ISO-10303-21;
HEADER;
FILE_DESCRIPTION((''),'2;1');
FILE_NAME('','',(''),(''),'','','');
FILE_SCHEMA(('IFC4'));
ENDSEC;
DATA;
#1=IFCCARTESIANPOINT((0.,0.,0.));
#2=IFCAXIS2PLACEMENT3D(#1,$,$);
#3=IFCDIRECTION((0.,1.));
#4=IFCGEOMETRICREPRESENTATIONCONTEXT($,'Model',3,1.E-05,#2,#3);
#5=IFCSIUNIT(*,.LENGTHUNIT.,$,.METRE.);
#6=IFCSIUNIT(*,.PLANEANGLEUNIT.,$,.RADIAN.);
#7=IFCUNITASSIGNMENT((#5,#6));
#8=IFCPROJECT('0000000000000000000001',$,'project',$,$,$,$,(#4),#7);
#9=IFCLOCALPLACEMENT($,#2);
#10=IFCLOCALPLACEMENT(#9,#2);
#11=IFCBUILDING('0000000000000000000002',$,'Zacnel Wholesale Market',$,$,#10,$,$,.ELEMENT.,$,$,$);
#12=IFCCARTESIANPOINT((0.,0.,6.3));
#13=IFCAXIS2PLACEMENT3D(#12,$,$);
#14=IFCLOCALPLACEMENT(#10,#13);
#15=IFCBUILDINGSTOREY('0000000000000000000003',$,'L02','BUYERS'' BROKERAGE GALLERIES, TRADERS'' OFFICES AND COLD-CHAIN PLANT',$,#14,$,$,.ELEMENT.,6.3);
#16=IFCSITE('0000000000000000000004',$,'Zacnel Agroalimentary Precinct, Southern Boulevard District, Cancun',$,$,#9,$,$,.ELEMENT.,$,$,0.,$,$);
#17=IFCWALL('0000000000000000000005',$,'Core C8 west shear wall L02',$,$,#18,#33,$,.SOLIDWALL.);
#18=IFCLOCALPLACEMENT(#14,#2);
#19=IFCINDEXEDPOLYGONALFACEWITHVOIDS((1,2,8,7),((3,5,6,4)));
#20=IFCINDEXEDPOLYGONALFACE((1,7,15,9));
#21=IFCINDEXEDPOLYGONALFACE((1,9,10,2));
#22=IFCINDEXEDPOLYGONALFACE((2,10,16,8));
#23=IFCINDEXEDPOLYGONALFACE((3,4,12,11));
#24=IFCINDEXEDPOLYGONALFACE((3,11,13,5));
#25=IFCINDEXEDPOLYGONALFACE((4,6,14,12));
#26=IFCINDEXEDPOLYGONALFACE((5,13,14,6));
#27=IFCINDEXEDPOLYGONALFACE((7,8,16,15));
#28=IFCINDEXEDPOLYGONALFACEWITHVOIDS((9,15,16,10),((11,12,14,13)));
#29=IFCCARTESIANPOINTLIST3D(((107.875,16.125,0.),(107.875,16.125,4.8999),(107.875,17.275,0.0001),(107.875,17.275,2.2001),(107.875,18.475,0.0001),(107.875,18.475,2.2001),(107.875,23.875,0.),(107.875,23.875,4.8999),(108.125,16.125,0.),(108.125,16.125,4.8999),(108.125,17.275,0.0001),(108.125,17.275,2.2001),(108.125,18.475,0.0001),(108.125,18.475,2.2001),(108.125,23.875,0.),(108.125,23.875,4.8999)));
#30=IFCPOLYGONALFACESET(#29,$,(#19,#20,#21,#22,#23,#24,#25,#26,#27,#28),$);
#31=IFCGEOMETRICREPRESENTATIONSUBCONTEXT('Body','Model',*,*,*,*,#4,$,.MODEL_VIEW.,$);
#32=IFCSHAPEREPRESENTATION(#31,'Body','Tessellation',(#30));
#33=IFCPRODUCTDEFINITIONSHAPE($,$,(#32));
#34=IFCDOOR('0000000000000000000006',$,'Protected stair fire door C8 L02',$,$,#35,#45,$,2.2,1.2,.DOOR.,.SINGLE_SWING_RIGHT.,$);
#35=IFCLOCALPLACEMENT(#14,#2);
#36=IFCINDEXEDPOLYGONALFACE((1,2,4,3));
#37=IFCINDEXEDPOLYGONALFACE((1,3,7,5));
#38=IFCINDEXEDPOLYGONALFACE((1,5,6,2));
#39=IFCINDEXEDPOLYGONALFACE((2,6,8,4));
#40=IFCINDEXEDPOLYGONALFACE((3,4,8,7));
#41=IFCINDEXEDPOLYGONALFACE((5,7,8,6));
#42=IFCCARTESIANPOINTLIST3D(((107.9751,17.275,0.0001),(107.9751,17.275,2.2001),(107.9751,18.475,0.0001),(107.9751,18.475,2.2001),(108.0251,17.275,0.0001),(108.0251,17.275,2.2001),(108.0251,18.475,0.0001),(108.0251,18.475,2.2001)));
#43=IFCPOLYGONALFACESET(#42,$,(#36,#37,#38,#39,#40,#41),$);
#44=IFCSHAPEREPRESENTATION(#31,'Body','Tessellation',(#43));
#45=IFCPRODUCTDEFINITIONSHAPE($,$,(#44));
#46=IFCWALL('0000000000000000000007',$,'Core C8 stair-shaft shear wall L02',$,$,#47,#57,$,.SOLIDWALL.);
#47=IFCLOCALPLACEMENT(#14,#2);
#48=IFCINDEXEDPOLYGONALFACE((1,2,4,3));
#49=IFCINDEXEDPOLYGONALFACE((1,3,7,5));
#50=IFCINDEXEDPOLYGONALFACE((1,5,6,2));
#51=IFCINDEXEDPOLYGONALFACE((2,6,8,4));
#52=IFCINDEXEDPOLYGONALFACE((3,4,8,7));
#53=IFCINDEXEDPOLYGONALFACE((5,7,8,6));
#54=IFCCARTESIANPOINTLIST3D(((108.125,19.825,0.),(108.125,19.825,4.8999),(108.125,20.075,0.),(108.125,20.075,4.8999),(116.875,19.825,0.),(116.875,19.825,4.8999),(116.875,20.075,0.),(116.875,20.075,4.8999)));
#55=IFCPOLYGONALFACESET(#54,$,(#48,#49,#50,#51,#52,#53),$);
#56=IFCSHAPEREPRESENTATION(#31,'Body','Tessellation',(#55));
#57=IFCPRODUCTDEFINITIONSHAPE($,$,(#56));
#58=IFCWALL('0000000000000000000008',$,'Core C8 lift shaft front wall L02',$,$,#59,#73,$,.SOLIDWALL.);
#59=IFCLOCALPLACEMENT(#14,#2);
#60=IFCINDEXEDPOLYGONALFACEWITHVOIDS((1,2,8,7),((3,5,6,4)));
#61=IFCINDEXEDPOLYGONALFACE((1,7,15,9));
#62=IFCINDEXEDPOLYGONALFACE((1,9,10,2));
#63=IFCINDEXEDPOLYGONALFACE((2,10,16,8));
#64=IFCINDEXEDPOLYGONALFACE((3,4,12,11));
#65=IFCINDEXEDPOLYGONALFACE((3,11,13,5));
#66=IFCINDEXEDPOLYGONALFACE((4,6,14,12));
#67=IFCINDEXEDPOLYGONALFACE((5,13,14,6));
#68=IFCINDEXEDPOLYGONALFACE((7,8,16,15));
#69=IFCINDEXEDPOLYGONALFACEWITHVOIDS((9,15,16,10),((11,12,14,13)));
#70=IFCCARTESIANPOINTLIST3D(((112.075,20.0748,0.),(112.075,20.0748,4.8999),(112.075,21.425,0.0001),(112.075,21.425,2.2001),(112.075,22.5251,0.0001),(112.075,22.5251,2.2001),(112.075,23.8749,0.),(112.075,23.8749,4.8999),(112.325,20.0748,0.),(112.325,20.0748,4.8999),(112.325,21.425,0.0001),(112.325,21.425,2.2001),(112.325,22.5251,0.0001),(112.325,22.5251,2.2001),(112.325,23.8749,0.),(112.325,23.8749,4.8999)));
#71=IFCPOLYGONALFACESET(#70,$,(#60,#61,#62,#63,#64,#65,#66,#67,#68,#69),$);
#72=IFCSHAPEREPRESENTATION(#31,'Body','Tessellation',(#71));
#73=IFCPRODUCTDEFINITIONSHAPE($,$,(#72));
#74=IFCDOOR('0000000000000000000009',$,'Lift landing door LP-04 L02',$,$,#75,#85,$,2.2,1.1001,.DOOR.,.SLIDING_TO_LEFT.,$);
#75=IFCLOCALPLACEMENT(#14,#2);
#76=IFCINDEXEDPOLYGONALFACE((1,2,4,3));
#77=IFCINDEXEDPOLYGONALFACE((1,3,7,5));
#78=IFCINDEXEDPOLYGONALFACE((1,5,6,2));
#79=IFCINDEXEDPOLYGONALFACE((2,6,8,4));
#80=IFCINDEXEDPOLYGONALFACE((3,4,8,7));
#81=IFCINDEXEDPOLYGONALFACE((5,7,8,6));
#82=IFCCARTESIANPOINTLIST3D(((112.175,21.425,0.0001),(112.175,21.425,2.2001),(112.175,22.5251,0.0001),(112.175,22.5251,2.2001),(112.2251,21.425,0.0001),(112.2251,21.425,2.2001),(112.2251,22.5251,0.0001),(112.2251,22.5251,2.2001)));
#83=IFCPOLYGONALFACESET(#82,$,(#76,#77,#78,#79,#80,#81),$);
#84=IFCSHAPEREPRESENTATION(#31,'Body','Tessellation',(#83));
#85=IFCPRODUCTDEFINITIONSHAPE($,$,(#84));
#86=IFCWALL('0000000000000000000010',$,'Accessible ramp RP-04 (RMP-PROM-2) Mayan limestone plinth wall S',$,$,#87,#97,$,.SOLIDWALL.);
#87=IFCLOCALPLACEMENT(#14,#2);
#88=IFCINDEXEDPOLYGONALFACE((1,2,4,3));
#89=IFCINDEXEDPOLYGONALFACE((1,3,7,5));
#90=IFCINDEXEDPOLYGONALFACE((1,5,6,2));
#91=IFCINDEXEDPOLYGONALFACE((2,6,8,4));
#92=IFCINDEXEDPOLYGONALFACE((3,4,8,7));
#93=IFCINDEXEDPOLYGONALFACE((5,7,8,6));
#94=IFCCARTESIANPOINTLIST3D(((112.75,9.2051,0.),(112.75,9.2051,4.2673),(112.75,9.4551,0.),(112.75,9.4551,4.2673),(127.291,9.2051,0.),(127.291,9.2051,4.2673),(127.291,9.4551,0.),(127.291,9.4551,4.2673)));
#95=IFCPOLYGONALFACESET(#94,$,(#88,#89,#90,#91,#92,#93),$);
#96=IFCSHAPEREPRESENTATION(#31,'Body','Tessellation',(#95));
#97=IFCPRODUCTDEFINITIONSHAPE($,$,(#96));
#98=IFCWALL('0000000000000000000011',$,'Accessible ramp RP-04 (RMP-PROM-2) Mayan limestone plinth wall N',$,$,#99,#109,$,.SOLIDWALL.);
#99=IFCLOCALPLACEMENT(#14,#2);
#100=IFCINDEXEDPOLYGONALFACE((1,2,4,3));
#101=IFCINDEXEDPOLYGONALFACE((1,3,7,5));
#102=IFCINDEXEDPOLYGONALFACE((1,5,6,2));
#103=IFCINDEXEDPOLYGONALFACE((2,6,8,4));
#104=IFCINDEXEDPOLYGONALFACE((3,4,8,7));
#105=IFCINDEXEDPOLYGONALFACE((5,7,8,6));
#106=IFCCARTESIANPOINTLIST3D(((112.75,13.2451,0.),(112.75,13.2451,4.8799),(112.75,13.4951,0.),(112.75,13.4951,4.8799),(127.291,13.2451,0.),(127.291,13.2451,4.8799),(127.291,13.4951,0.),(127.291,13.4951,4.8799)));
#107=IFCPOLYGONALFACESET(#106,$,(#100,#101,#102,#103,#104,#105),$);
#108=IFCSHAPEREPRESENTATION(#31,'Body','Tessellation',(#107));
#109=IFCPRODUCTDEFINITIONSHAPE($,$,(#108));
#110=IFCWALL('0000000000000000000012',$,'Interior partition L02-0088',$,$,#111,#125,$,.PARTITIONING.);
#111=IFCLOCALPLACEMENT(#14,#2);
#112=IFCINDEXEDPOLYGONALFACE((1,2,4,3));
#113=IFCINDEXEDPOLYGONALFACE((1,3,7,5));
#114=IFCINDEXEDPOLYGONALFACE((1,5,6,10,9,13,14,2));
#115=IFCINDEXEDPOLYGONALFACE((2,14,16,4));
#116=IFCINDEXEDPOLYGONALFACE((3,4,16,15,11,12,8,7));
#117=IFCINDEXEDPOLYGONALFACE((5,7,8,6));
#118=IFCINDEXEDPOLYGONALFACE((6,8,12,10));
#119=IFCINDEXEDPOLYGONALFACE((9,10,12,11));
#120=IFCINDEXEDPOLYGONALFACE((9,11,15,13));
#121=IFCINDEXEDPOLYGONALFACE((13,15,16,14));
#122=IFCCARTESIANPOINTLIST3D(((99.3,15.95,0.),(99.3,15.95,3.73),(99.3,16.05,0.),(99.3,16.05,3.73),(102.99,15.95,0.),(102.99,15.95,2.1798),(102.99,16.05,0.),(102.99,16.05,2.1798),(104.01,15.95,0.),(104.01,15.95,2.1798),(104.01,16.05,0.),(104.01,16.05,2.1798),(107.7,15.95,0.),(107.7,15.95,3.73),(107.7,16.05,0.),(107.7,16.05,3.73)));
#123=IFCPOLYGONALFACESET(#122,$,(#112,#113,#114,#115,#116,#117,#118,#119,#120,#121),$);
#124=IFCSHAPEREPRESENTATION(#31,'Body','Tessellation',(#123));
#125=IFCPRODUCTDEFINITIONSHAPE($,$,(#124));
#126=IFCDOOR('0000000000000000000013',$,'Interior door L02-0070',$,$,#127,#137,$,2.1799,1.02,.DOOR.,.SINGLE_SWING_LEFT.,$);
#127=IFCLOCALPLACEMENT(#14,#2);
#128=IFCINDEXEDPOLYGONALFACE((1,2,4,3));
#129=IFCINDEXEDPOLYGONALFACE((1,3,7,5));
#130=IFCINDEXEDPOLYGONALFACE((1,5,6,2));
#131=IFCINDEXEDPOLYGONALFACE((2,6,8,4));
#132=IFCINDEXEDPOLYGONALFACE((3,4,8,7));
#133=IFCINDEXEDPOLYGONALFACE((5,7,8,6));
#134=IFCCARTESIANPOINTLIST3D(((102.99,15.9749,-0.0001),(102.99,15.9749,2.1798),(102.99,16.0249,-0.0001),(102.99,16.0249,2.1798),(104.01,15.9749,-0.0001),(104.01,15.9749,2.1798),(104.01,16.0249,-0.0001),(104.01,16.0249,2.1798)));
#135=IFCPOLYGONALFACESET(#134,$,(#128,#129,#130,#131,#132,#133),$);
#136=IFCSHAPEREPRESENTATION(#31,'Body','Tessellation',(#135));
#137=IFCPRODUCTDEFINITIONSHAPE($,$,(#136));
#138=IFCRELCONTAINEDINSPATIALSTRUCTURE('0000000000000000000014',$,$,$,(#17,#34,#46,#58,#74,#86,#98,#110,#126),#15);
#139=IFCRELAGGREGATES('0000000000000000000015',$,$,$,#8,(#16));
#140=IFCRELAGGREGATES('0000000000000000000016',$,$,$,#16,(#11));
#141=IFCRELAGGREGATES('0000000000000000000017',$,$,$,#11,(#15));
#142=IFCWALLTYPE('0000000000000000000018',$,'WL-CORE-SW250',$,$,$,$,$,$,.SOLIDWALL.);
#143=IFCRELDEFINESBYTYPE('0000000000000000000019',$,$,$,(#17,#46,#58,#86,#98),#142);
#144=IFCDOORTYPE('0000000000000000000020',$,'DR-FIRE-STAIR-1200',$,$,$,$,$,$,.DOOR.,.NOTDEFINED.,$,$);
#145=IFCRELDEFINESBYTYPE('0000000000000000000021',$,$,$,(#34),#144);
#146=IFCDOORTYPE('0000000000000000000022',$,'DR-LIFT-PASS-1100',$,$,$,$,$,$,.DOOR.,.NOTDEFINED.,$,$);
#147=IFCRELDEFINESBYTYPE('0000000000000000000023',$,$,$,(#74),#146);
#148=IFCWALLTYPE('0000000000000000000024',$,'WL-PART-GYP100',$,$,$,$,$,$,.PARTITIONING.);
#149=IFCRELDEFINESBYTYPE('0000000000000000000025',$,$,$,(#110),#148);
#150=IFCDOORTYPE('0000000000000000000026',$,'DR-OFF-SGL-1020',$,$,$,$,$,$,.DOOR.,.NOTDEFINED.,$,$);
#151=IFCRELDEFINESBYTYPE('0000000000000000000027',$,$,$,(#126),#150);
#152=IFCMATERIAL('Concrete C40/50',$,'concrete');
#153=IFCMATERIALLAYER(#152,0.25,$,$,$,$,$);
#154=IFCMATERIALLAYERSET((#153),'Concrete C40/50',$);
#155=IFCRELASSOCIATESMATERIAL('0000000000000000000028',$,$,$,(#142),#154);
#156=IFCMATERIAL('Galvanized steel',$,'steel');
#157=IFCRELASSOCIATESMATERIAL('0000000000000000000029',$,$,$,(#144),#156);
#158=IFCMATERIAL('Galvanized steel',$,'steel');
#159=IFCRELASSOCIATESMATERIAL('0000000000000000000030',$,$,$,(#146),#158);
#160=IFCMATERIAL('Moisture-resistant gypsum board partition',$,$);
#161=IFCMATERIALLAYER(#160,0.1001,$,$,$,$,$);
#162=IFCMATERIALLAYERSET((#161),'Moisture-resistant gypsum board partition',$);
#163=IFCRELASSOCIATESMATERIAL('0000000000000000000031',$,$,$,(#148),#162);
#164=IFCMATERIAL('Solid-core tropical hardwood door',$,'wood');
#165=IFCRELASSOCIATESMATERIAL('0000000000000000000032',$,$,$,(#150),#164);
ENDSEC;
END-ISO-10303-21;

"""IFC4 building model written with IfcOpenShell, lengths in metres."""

from ifc_helpers import new_model, si_unit, direction, frame, frame_2d, origin, place, context, subcontext, project, spatial, rectangle, extrude, material, layer, layer_set, type_object, element, fill, save


model = new_model("IFC4")

# Units and contexts
model_context = context("Model", 3, precision=1e-05, world=origin(), true_north=direction((0.0, 1.0)))
body_context = subcontext(model_context, "Body", "Model", "MODEL_VIEW")
ifc_project = project(units=[si_unit("LENGTHUNIT", "METRE"), si_unit("PLANEANGLEUNIT", "RADIAN")], contexts=[model_context])

# Site, building, storey
site_placement = place(None, origin())
site = spatial("IfcSite", under=ifc_project, at=site_placement, Name="Zacnel Agroalimentary Precinct, Southern Boulevard District, Cancun", CompositionType="ELEMENT", RefElevation=0.0)
building_placement = place(site_placement, origin())
building = spatial("IfcBuilding", under=site, at=building_placement, Name="Zacnel Wholesale Market", CompositionType="ELEMENT")
storey_placement = place(building_placement, frame((0.0, 0.0, 6.3)))
storey = spatial("IfcBuildingStorey", under=building, at=storey_placement, Name="L02", Description="BUYERS' BROKERAGE GALLERIES, TRADERS' OFFICES AND COLD-CHAIN PLANT", CompositionType="ELEMENT", Elevation=6.3)

# Shared definitions
ifc_material_1 = material(Name="Concrete C40/50", Category="concrete")
ifc_layer_1 = layer(ifc_material_1, 0.25)
ifc_layer_set_1 = layer_set([ifc_layer_1], Name="Concrete C40/50")
wall_type_1 = type_object("IfcWallType", Name="WL-CORE-SW250", PredefinedType="SOLIDWALL", material=ifc_layer_set_1)

# Wall, opening, door
wall_1_placement = place(storey_placement, frame((108.0, 16.125, 0.0), z_axis=(0.0, 0.0, 1.0), x_axis=(0.0, 1.0, 0.0)))
wall_1 = element("IfcWall", 1, at=wall_1_placement, inside=storey, type_object=wall_type_1, Name="Core C8 west shear wall L02", PredefinedType="SOLIDWALL", context=body_context, shape_type="SweptSolid", body=[
    extrude(rectangle(XDim=7.75, YDim=0.25, at=frame_2d((3.875, 0.0))), origin(), (0.0, 0.0, 1.0), 4.8999),
])
opening_1_placement = place(wall_1_placement, frame((1.1499, 0.0, 0.0)))
opening_1 = element("IfcOpeningElement", 2, at=opening_1_placement, cuts=wall_1, PredefinedType="OPENING", context=body_context, shape_type="SweptSolid", body=[
    extrude(rectangle(XDim=1.2, YDim=2.2, at=frame_2d((0.6001, 1.1001))), frame((0.0, 0.135, 0.0), z_axis=(0.0, -1.0, 0.0), x_axis=(1.0, 0.0, 0.0)), (0.0, 0.0, 1.0), 0.27),
])
ifc_material_2 = material(Name="Galvanized steel", Category="steel")
door_type_1 = type_object("IfcDoorType", Name="DR-FIRE-STAIR-1200", OperationType="NOTDEFINED", PredefinedType="DOOR", material=ifc_material_2)
door_1_placement = place(opening_1_placement, origin())
door_1 = element("IfcDoor", 3, at=door_1_placement, inside=storey, type_object=door_type_1, Name="Protected stair fire door C8 L02", OperationType="SINGLE_SWING_RIGHT", OverallHeight=2.2, OverallWidth=1.2, PredefinedType="DOOR", context=body_context, shape_type="SweptSolid", body=[
    extrude(rectangle(XDim=1.2, YDim=2.2, at=frame_2d((0.6001, 1.1001))), frame((0.0, 0.0249, 0.0), z_axis=(0.0, -1.0, 0.0), x_axis=(1.0, 0.0, 0.0)), (0.0, 0.0, 1.0), 0.05),
])
fill(opening_1, door_1)

# Wall
wall_2_placement = place(storey_placement, frame((108.125, 19.95, 0.0), z_axis=(0.0, 0.0, 1.0), x_axis=(1.0, 0.0, 0.0)))
element("IfcWall", 4, at=wall_2_placement, inside=storey, type_object=wall_type_1, Name="Core C8 stair-shaft shear wall L02", PredefinedType="SOLIDWALL", context=body_context, shape_type="SweptSolid", body=[
    extrude(rectangle(XDim=8.75, YDim=0.25, at=frame_2d((4.375, 0.0))), origin(), (0.0, 0.0, 1.0), 4.8999),
])

# Wall, opening, door
wall_3_placement = place(storey_placement, frame((112.2, 20.075, 0.0), z_axis=(0.0, 0.0, 1.0), x_axis=(0.0, 1.0, 0.0)))
wall_3 = element("IfcWall", 5, at=wall_3_placement, inside=storey, type_object=wall_type_1, Name="Core C8 lift shaft front wall L02", PredefinedType="SOLIDWALL", context=body_context, shape_type="SweptSolid", body=[
    extrude(rectangle(XDim=3.8, YDim=0.25, at=frame_2d((1.8999, 0.0))), origin(), (0.0, 0.0, 1.0), 4.8999),
])
opening_2_placement = place(wall_3_placement, frame((1.3501, 0.0, 0.0)))
opening_2 = element("IfcOpeningElement", 6, at=opening_2_placement, cuts=wall_3, PredefinedType="OPENING", context=body_context, shape_type="SweptSolid", body=[
    extrude(rectangle(XDim=1.1001, YDim=2.2, at=frame_2d((0.55, 1.1001))), frame((0.0, 0.135, 0.0), z_axis=(0.0, -1.0, 0.0), x_axis=(1.0, 0.0, 0.0)), (0.0, 0.0, 1.0), 0.27),
])
ifc_material_3 = material(Name="Galvanized steel", Category="steel")
door_type_2 = type_object("IfcDoorType", Name="DR-LIFT-PASS-1100", OperationType="NOTDEFINED", PredefinedType="DOOR", material=ifc_material_3)
door_2_placement = place(opening_2_placement, origin())
door_2 = element("IfcDoor", 7, at=door_2_placement, inside=storey, type_object=door_type_2, Name="Lift landing door LP-04 L02", OperationType="SLIDING_TO_LEFT", OverallHeight=2.2, OverallWidth=1.1001, PredefinedType="DOOR", context=body_context, shape_type="SweptSolid", body=[
    extrude(rectangle(XDim=1.1001, YDim=2.2, at=frame_2d((0.55, 1.1001))), frame((0.0, 0.0249, 0.0), z_axis=(0.0, -1.0, 0.0), x_axis=(1.0, 0.0, 0.0)), (0.0, 0.0, 1.0), 0.05),
])
fill(opening_2, door_2)

# Walls
wall_4_placement = place(storey_placement, frame((112.75, 9.3301, 0.0), z_axis=(0.0, 0.0, 1.0), x_axis=(1.0, 0.0, 0.0)))
element("IfcWall", 8, at=wall_4_placement, inside=storey, type_object=wall_type_1, Name="Accessible ramp RP-04 (RMP-PROM-2) Mayan limestone plinth wall S", PredefinedType="SOLIDWALL", context=body_context, shape_type="SweptSolid", body=[
    extrude(rectangle(XDim=14.541, YDim=0.25, at=frame_2d((7.2705, 0.0))), origin(), (0.0, 0.0, 1.0), 4.2673),
])
wall_5_placement = place(storey_placement, frame((112.75, 13.3701, 0.0), z_axis=(0.0, 0.0, 1.0), x_axis=(1.0, 0.0, 0.0)))
element("IfcWall", 9, at=wall_5_placement, inside=storey, type_object=wall_type_1, Name="Accessible ramp RP-04 (RMP-PROM-2) Mayan limestone plinth wall N", PredefinedType="SOLIDWALL", context=body_context, shape_type="SweptSolid", body=[
    extrude(rectangle(XDim=14.541, YDim=0.25, at=frame_2d((7.2705, 0.0))), origin(), (0.0, 0.0, 1.0), 4.8799),
])

# Wall, opening, door
ifc_material_4 = material(Name="Moisture-resistant gypsum board partition")
ifc_layer_2 = layer(ifc_material_4, 0.1001)
ifc_layer_set_2 = layer_set([ifc_layer_2], Name="Moisture-resistant gypsum board partition")
wall_type_2 = type_object("IfcWallType", Name="WL-PART-GYP100", PredefinedType="PARTITIONING", material=ifc_layer_set_2)
wall_6_placement = place(storey_placement, frame((99.3, 16.0, 0.0), z_axis=(0.0, 0.0, 1.0), x_axis=(1.0, 0.0, 0.0)))
wall_6 = element("IfcWall", 10, at=wall_6_placement, inside=storey, type_object=wall_type_2, Name="Interior partition L02-0088", PredefinedType="PARTITIONING", context=body_context, shape_type="SweptSolid", body=[
    extrude(rectangle(XDim=8.3999, YDim=0.1001, at=frame_2d((4.2, 0.0))), origin(), (0.0, 0.0, 1.0), 3.73),
])
opening_3_placement = place(wall_6_placement, frame((3.6899, 0.0, 0.0)))
opening_3 = element("IfcOpeningElement", 11, at=opening_3_placement, cuts=wall_6, PredefinedType="OPENING", context=body_context, shape_type="SweptSolid", body=[
    extrude(rectangle(XDim=1.02, YDim=2.1799, at=frame_2d((0.51, 1.0898))), frame((0.0, 0.0601, 0.0), z_axis=(0.0, -1.0, 0.0), x_axis=(1.0, 0.0, 0.0)), (0.0, 0.0, 1.0), 0.1201),
])
ifc_material_5 = material(Name="Solid-core tropical hardwood door", Category="wood")
door_type_3 = type_object("IfcDoorType", Name="DR-OFF-SGL-1020", OperationType="NOTDEFINED", PredefinedType="DOOR", material=ifc_material_5)
door_3_placement = place(opening_3_placement, origin())
door_3 = element("IfcDoor", 12, at=door_3_placement, inside=storey, type_object=door_type_3, Name="Interior door L02-0070", OperationType="SINGLE_SWING_LEFT", OverallHeight=2.1799, OverallWidth=1.02, PredefinedType="DOOR", context=body_context, shape_type="SweptSolid", body=[
    extrude(rectangle(XDim=1.02, YDim=2.1799, at=frame_2d((0.51, 1.0898))), frame((0.0, 0.0249, 0.0), z_axis=(0.0, -1.0, 0.0), x_axis=(1.0, 0.0, 0.0)), (0.0, 0.0, 1.0), 0.05),
])
fill(opening_3, door_3)

save(model, "model.ifc")
